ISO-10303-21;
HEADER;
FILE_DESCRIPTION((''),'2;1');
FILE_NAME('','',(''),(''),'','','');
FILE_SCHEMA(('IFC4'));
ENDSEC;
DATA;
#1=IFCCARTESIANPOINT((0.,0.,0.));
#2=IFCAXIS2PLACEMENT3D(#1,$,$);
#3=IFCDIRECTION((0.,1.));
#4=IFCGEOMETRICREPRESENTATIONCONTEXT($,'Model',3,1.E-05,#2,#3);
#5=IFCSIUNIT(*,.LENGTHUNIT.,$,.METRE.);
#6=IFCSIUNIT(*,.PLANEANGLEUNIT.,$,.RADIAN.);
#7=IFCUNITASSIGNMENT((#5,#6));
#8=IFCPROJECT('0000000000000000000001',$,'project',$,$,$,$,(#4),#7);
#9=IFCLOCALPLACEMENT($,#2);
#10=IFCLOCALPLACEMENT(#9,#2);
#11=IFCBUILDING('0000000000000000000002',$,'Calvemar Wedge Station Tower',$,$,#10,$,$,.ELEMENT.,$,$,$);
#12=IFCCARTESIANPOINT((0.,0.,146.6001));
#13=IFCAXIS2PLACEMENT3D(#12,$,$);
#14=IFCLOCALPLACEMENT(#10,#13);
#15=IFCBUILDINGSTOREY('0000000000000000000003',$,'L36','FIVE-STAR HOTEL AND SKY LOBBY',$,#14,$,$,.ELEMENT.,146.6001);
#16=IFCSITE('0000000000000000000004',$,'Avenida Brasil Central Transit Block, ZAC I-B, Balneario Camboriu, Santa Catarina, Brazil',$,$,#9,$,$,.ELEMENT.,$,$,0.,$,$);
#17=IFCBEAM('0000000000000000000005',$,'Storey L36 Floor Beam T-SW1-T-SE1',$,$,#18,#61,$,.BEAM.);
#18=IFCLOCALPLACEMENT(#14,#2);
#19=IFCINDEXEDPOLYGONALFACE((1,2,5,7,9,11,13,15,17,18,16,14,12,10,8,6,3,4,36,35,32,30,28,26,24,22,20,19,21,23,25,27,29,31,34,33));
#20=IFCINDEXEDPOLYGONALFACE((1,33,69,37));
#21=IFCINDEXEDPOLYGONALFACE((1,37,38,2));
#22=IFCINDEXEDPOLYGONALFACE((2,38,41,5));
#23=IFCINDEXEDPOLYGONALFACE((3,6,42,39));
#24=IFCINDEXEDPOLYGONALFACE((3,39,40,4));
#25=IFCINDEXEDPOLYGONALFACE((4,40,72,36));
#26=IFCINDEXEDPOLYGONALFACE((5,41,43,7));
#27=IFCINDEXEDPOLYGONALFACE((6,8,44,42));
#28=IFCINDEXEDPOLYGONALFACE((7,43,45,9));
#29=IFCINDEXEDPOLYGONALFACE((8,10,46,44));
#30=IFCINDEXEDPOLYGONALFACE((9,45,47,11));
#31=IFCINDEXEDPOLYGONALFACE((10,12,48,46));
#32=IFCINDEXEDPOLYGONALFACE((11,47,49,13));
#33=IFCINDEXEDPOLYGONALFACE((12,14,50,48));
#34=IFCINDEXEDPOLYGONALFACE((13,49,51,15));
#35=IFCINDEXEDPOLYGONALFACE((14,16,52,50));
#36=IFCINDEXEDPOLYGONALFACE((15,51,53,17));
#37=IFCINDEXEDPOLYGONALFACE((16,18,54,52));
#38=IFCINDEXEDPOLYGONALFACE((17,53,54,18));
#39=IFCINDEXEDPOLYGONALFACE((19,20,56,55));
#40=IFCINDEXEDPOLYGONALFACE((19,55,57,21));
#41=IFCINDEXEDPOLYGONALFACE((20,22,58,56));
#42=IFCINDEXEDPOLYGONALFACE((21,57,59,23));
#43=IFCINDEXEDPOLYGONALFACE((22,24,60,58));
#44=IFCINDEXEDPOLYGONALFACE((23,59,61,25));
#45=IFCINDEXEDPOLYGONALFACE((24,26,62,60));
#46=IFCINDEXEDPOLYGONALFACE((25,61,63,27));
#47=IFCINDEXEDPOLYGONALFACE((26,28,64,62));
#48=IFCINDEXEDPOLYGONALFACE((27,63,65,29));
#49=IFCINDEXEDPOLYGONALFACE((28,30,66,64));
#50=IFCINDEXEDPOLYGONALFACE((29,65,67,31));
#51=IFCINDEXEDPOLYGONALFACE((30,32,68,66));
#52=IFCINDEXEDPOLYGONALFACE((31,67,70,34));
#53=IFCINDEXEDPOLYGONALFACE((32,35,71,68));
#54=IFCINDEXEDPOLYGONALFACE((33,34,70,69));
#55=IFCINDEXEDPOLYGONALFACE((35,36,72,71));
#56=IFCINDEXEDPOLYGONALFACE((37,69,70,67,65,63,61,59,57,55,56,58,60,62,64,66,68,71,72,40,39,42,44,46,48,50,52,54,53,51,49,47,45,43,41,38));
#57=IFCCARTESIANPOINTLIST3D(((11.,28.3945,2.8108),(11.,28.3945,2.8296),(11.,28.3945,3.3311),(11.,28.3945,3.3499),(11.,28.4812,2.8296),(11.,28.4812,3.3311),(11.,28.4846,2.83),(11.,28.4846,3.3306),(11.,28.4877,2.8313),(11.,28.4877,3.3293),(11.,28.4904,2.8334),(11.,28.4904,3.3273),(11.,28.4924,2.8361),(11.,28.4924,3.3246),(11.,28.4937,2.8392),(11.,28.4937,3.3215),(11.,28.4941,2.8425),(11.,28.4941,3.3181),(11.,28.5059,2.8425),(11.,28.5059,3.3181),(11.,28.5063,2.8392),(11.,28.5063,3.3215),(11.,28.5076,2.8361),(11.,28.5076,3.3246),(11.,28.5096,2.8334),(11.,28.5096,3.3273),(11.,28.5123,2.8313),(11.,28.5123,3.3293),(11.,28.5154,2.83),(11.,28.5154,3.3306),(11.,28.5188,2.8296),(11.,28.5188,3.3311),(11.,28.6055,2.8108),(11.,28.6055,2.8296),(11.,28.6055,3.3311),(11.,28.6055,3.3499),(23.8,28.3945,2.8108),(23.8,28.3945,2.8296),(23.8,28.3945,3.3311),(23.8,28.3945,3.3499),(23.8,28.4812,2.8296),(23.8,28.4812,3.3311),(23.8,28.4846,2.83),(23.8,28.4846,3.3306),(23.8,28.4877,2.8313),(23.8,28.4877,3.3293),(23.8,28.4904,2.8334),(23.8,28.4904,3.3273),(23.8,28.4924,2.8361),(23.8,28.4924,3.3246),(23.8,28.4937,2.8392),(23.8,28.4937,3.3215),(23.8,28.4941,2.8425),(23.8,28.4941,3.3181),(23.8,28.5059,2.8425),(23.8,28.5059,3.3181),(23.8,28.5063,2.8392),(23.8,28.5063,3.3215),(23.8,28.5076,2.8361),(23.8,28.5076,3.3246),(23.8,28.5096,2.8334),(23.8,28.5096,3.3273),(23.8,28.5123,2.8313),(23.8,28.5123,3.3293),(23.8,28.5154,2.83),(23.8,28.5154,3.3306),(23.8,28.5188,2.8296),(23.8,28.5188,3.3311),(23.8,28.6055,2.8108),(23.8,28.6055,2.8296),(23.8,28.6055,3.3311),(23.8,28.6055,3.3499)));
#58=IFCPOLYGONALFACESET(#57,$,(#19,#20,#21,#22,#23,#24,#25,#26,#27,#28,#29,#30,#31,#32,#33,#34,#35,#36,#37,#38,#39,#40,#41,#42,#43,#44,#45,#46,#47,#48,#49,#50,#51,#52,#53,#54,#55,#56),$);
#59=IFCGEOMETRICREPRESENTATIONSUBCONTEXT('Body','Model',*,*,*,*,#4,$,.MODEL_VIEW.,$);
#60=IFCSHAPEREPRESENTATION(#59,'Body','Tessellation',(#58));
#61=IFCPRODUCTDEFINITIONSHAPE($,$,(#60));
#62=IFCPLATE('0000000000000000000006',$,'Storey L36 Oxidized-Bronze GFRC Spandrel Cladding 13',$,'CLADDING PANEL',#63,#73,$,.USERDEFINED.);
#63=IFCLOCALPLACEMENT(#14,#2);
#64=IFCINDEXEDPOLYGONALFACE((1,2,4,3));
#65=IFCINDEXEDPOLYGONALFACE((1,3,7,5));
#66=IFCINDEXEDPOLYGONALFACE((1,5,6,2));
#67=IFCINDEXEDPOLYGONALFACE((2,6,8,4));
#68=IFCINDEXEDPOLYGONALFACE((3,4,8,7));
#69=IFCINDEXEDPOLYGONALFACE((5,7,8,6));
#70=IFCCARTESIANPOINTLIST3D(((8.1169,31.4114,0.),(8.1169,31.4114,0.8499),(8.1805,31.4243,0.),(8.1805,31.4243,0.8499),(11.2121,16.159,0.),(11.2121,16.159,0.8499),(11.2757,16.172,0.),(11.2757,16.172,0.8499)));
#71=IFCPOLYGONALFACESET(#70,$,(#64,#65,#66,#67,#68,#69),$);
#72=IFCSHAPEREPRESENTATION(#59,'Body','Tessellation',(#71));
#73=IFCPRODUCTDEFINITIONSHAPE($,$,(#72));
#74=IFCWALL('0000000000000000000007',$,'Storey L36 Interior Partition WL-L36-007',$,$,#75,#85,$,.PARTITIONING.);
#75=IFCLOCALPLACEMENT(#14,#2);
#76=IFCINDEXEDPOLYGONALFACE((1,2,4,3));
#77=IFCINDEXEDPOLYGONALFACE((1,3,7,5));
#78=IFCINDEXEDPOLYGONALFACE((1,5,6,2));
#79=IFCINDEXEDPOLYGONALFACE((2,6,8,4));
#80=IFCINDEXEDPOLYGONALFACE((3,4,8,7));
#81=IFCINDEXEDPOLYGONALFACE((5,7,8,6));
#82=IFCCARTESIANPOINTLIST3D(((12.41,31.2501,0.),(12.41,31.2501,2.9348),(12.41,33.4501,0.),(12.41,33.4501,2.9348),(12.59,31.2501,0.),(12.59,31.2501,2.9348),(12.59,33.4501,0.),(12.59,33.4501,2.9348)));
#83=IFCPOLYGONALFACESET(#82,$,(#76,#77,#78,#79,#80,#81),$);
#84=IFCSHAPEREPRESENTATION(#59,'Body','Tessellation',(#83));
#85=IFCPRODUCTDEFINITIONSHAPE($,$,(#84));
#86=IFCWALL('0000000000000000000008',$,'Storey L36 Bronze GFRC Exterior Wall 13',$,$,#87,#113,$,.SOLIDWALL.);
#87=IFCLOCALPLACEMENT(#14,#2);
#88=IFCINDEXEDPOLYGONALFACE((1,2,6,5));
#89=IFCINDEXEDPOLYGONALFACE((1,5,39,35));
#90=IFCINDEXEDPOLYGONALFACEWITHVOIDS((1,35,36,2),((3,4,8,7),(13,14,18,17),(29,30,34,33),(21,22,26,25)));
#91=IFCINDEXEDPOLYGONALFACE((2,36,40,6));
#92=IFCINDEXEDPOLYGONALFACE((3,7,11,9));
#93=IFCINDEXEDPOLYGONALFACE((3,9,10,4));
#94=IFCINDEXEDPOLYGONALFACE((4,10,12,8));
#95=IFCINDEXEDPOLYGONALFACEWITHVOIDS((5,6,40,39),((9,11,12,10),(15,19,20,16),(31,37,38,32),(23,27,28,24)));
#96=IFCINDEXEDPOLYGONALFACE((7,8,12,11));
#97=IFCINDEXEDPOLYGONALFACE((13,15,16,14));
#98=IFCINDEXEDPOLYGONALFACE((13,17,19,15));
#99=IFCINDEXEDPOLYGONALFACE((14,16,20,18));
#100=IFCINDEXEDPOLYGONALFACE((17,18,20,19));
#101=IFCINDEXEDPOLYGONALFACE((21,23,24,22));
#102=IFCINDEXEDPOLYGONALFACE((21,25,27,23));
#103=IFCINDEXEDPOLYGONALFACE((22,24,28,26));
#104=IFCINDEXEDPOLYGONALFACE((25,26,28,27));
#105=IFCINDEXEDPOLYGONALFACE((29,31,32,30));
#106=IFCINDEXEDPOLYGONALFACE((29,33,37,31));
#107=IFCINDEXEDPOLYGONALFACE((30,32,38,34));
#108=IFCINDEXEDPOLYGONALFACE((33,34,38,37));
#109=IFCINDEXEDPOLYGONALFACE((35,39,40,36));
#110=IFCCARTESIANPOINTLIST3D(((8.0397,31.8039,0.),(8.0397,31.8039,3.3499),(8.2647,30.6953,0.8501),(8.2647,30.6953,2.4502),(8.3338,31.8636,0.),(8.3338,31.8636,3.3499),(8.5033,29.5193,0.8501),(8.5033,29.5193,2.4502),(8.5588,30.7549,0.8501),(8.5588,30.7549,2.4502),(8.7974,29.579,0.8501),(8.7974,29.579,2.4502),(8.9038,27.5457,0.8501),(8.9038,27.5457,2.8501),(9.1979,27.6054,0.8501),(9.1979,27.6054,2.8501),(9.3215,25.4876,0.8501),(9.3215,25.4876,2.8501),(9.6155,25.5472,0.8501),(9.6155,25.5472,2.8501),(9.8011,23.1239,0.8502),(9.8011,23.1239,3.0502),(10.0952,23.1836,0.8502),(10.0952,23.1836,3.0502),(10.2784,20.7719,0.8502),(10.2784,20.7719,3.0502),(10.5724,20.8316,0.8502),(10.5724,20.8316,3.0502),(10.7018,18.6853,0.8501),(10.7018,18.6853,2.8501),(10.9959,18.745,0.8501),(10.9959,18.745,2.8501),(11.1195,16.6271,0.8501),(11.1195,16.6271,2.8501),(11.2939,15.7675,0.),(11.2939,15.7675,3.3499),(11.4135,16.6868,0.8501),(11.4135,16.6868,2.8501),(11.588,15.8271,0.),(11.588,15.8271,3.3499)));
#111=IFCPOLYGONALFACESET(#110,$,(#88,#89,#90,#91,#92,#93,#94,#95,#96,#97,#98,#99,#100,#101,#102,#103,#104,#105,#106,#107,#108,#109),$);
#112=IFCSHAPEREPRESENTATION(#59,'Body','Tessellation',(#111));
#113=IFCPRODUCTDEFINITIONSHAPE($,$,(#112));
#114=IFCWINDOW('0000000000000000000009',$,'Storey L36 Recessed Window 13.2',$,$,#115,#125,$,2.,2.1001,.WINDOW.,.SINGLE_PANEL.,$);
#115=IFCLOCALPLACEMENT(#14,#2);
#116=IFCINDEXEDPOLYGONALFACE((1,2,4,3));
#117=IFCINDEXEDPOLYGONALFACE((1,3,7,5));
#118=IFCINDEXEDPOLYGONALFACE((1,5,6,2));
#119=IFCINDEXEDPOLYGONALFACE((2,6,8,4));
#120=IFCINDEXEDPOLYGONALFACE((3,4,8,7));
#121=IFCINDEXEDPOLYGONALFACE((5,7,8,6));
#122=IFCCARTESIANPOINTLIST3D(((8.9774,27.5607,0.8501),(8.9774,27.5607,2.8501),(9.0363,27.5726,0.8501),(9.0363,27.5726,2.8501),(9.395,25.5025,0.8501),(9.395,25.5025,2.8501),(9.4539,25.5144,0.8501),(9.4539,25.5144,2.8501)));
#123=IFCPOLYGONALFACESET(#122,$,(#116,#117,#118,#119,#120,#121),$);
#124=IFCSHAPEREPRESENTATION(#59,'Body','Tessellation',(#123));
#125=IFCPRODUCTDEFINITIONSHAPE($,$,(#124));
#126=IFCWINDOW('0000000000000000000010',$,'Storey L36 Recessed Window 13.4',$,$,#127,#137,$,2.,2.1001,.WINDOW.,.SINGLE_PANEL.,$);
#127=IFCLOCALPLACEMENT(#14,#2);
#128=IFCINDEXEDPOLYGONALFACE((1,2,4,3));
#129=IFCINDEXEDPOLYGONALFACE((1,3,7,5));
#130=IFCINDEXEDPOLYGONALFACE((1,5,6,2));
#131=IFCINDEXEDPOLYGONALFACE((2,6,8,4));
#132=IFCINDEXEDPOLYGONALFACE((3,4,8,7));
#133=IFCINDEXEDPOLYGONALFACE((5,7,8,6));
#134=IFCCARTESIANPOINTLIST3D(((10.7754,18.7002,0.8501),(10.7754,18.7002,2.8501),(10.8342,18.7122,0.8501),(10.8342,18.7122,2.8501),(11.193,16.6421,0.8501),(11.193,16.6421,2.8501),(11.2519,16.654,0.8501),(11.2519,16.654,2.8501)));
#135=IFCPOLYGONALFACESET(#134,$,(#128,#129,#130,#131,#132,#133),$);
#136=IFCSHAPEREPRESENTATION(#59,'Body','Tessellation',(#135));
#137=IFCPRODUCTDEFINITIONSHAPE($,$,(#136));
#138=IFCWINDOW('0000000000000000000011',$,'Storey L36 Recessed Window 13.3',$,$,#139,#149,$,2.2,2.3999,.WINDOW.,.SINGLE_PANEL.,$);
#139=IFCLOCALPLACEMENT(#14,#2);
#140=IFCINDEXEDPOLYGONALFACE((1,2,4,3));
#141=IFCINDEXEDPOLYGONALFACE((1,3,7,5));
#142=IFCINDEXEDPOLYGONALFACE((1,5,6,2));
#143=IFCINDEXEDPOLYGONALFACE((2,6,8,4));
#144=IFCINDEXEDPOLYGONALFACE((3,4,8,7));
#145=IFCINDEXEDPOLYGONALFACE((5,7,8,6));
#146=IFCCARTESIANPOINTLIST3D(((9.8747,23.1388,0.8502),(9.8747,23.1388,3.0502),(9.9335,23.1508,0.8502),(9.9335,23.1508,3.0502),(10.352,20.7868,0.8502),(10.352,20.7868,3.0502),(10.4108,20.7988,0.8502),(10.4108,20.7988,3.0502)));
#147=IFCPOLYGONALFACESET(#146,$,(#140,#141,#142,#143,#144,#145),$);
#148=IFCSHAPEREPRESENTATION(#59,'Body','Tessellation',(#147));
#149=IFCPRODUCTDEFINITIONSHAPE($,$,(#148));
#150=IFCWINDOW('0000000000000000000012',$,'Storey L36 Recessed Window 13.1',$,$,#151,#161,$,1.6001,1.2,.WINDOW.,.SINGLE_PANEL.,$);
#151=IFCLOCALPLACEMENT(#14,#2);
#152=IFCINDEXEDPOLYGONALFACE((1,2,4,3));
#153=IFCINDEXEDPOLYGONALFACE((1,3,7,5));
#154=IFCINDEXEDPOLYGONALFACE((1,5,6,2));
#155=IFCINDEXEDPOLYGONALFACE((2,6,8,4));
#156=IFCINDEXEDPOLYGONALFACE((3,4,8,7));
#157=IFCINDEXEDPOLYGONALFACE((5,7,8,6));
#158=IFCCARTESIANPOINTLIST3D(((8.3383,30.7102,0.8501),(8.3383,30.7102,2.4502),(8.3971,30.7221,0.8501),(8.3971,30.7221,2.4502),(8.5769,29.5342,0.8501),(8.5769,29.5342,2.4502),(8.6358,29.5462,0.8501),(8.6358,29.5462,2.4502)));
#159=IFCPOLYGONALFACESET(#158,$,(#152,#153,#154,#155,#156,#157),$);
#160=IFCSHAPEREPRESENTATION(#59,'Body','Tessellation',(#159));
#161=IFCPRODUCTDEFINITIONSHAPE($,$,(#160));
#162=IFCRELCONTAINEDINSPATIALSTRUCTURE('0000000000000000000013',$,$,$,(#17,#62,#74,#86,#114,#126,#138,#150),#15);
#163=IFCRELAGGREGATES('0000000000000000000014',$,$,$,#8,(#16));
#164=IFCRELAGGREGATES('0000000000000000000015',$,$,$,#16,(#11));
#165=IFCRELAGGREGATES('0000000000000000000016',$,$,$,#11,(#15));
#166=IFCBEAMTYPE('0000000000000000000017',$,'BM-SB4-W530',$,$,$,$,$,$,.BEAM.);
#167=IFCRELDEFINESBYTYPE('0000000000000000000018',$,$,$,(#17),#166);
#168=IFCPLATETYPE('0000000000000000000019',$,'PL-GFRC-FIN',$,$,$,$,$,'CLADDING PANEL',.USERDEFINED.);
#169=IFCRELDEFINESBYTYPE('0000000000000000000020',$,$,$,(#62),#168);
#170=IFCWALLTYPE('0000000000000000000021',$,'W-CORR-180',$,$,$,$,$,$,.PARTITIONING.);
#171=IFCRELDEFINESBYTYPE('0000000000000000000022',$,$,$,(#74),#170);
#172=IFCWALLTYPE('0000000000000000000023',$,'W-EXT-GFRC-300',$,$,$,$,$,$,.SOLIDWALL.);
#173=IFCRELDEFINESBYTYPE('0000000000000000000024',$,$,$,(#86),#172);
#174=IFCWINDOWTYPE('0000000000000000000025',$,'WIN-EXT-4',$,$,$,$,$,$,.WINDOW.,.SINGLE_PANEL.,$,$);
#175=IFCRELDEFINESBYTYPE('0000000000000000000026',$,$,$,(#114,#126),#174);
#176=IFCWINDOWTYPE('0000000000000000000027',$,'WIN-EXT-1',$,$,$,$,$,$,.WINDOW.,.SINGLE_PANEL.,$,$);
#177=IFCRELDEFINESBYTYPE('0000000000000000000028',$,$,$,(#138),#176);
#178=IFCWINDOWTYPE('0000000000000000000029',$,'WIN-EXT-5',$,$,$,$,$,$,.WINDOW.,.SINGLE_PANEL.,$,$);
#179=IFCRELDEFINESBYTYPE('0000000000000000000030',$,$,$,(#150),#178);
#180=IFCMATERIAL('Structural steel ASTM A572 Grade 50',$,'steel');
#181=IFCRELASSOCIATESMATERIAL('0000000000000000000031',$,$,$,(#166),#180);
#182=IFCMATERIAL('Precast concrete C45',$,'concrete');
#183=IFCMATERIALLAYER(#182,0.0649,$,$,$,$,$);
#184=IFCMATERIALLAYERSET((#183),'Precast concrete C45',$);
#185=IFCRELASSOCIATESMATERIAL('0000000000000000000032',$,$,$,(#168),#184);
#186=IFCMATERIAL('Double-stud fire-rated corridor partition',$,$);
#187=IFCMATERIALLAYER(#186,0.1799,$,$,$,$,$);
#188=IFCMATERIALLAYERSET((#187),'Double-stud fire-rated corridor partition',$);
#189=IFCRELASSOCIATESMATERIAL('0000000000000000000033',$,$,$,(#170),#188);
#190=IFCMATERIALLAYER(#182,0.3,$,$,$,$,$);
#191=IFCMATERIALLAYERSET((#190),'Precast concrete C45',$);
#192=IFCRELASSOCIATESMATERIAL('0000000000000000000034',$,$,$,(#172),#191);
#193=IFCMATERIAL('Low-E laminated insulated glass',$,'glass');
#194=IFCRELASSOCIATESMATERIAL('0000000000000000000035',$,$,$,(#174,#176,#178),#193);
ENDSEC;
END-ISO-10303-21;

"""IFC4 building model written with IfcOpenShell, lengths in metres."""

from ifc_helpers import new_model, si_unit, direction, frame, frame_2d, origin, origin_2d, place, context, subcontext, project, spatial, rectangle, i_section, extrude, source, transform, mapped, material, layer, layer_set, material_profile, profile_set, type_object, element, fill, save


model = new_model("IFC4")

# Units and contexts
model_context = context("Model", 3, precision=1e-05, world=origin(), true_north=direction((0.0, 1.0)))
body_context = subcontext(model_context, "Body", "Model", "MODEL_VIEW")
ifc_project = project(units=[si_unit("LENGTHUNIT", "METRE"), si_unit("PLANEANGLEUNIT", "RADIAN")], contexts=[model_context])

# Site, building, storey
site_placement = place(None, origin())
site = spatial("IfcSite", under=ifc_project, at=site_placement, Name="Avenida Brasil Central Transit Block, ZAC I-B, Balneario Camboriu, Santa Catarina, Brazil", CompositionType="ELEMENT", RefElevation=0.0)
building_placement = place(site_placement, origin())
building = spatial("IfcBuilding", under=site, at=building_placement, Name="Calvemar Wedge Station Tower", CompositionType="ELEMENT")
storey_placement = place(building_placement, frame((0.0, 0.0, 146.6001)))
storey = spatial("IfcBuildingStorey", under=building, at=storey_placement, Name="L36", Description="FIVE-STAR HOTEL AND SKY LOBBY", CompositionType="ELEMENT", Elevation=146.6001)

# Beam
ifc_material_1 = material(Name="Structural steel ASTM A572 Grade 50", Category="steel")
ifc_material_profile_1 = material_profile(ifc_material_1, i_section(OverallWidth=0.2109, OverallDepth=0.5391, WebThickness=0.0117, FlangeThickness=0.0188, FilletRadius=0.0129, at=origin_2d()), Name="W530x109")
ifc_profile_set_1 = profile_set([ifc_material_profile_1], Name="Structural steel ASTM A572 Grade 50")
beam_type_1 = type_object("IfcBeamType", Name="BM-SB4-W530", PredefinedType="BEAM", material=ifc_profile_set_1)
shared_shape_1 = source(origin(), body_context, "Body", "SweptSolid", [
    extrude(i_section(OverallWidth=0.2109, OverallDepth=0.5391, WebThickness=0.0117, FlangeThickness=0.0188, FilletRadius=0.0129, at=origin_2d()), origin(), (0.0, 0.0, 1.0), 12.8),
])
beam_1_placement = place(storey_placement, frame((11.0, 28.5, 3.0803), z_axis=(1.0, 0.0, 0.0), x_axis=(0.0, 1.0, 0.0)))
element("IfcBeam", 1, at=beam_1_placement, inside=storey, type_object=beam_type_1, Name="Storey L36 Floor Beam T-SW1-T-SE1", PredefinedType="BEAM", context=body_context, shape_type="MappedRepresentation", body=[
    mapped(shared_shape_1, transform((0.0, 0.0, 0.0), scale=1.0)),
])

# Plate
ifc_material_2 = material(Name="Precast concrete C45", Category="concrete")
ifc_layer_1 = layer(ifc_material_2, 0.0649)
ifc_layer_set_1 = layer_set([ifc_layer_1], Name="Precast concrete C45")
plate_type = type_object("IfcPlateType", Name="PL-GFRC-FIN", ElementType="CLADDING PANEL", PredefinedType="USERDEFINED", material=ifc_layer_set_1)
plate_placement = place(storey_placement, frame((8.1487, 31.418, 0.0), z_axis=(0.0, 0.0, 1.0), x_axis=(0.198879, -0.980024, 0.0)))
element("IfcPlate", 2, at=plate_placement, inside=storey, type_object=plate_type, Name="Storey L36 Oxidized-Bronze GFRC Spandrel Cladding 13", ObjectType="CLADDING PANEL", PredefinedType="USERDEFINED", context=body_context, shape_type="SweptSolid", body=[
    extrude(rectangle(XDim=15.5632, YDim=0.0649, at=frame_2d((7.7817, 0.0))), origin(), (0.0, 0.0, 1.0), 0.8499),
])

# Wall
ifc_material_3 = material(Name="Double-stud fire-rated corridor partition")
ifc_layer_2 = layer(ifc_material_3, 0.1799)
ifc_layer_set_2 = layer_set([ifc_layer_2], Name="Double-stud fire-rated corridor partition")
wall_type_1 = type_object("IfcWallType", Name="W-CORR-180", PredefinedType="PARTITIONING", material=ifc_layer_set_2)
wall_1_placement = place(storey_placement, frame((12.5, 31.25, 0.0), z_axis=(0.0, 0.0, 1.0), x_axis=(0.0, 1.0, 0.0)))
element("IfcWall", 3, at=wall_1_placement, inside=storey, type_object=wall_type_1, Name="Storey L36 Interior Partition WL-L36-007", PredefinedType="PARTITIONING", context=body_context, shape_type="SweptSolid", body=[
    extrude(rectangle(XDim=2.2, YDim=0.1799, at=frame_2d((1.1001, 0.0))), origin(), (0.0, 0.0, 1.0), 2.9348),
])

# Wall, openings, windows
ifc_layer_3 = layer(ifc_material_2, 0.3)
ifc_layer_set_3 = layer_set([ifc_layer_3], Name="Precast concrete C45")
wall_type_2 = type_object("IfcWallType", Name="W-EXT-GFRC-300", PredefinedType="SOLIDWALL", material=ifc_layer_set_3)
wall_2_placement = place(storey_placement, frame((8.1868, 31.8337, 0.0), z_axis=(0.0, 0.0, 1.0), x_axis=(0.19887, -0.980026, 0.0)))
wall_2 = element("IfcWall", 4, at=wall_2_placement, inside=storey, type_object=wall_type_2, Name="Storey L36 Bronze GFRC Exterior Wall 13", PredefinedType="SOLIDWALL", context=body_context, shape_type="SweptSolid", body=[
    extrude(rectangle(XDim=16.3633, YDim=0.3, at=frame_2d((8.1816, 0.0))), origin(), (0.0, 0.0, 1.0), 3.3499),
])
shared_shape_2 = source(origin(), body_context, "Body", "SweptSolid", [
    extrude(rectangle(XDim=1.2, YDim=1.6001, at=frame_2d((0.6001, 0.8))), frame((0.0, 0.1602, 0.0), z_axis=(0.0, -1.0, 0.0), x_axis=(1.0, 0.0, 0.0)), (0.0, 0.0, 1.0), 0.3201),
])
opening_1_placement = place(wall_2_placement, frame((1.1311, 0.0, 0.8501)))
opening_1 = element("IfcOpeningElement", 5, at=opening_1_placement, cuts=wall_2, PredefinedType="OPENING", context=body_context, shape_type="MappedRepresentation", body=[
    mapped(shared_shape_2, transform((0.0, 0.0, 0.0), scale=1.0)),
])
shared_shape_3 = source(origin(), body_context, "Body", "SweptSolid", [
    extrude(rectangle(XDim=2.1001, YDim=2.0, at=frame_2d((1.05, 1.0))), frame((0.0, 0.1602, 0.0), z_axis=(0.0, -1.0, 0.0), x_axis=(1.0, 0.0, 0.0)), (0.0, 0.0, 1.0), 0.3201),
])
opening_2_placement = place(wall_2_placement, frame((4.345, 0.0, 0.8501)))
opening_2 = element("IfcOpeningElement", 6, at=opening_2_placement, cuts=wall_2, PredefinedType="OPENING", context=body_context, shape_type="MappedRepresentation", body=[
    mapped(shared_shape_3, transform((0.0, 0.0, 0.0), scale=1.0)),
])
shared_shape_4 = source(origin(), body_context, "Body", "SweptSolid", [
    extrude(rectangle(XDim=2.3999, YDim=2.2, at=frame_2d((1.2, 1.1001))), frame((0.0, 0.1602, 0.0), z_axis=(0.0, -1.0, 0.0), x_axis=(1.0, 0.0, 0.0)), (0.0, 0.0, 1.0), 0.3201),
])
opening_3_placement = place(wall_2_placement, frame((8.8569, 0.0, 0.8501)))
opening_3 = element("IfcOpeningElement", 7, at=opening_3_placement, cuts=wall_2, PredefinedType="OPENING", context=body_context, shape_type="MappedRepresentation", body=[
    mapped(shared_shape_4, transform((0.0, 0.0, 0.0), scale=1.0)),
])
opening_4_placement = place(wall_2_placement, frame((13.386, 0.0, 0.8501)))
opening_4 = element("IfcOpeningElement", 8, at=opening_4_placement, cuts=wall_2, PredefinedType="OPENING", context=body_context, shape_type="MappedRepresentation", body=[
    mapped(shared_shape_3, transform((0.0, 0.0, 0.0), scale=1.0)),
])
ifc_material_4 = material(Name="Low-E laminated insulated glass", Category="glass")
window_type_1 = type_object("IfcWindowType", Name="WIN-EXT-4", PartitioningType="SINGLE_PANEL", PredefinedType="WINDOW", material=ifc_material_4)
shared_shape_5 = source(origin(), body_context, "Body", "SweptSolid", [
    extrude(rectangle(XDim=2.1001, YDim=2.0, at=frame_2d((1.05, 1.0))), frame((0.0, -0.0149, 0.0), z_axis=(0.0, -1.0, 0.0), x_axis=(1.0, 0.0, 0.0)), (0.0, 0.0, 1.0), 0.0601),
])
window_1_placement = place(opening_2_placement, origin())
window_1 = element("IfcWindow", 9, at=window_1_placement, inside=storey, type_object=window_type_1, Name="Storey L36 Recessed Window 13.2", OverallHeight=2.0, OverallWidth=2.1001, PartitioningType="SINGLE_PANEL", PredefinedType="WINDOW", context=body_context, shape_type="MappedRepresentation", body=[
    mapped(shared_shape_5, transform((0.0, 0.0, 0.0), scale=1.0)),
])
fill(opening_2, window_1)
window_2_placement = place(opening_4_placement, origin())
window_2 = element("IfcWindow", 10, at=window_2_placement, inside=storey, type_object=window_type_1, Name="Storey L36 Recessed Window 13.4", OverallHeight=2.0, OverallWidth=2.1001, PartitioningType="SINGLE_PANEL", PredefinedType="WINDOW", context=body_context, shape_type="MappedRepresentation", body=[
    mapped(shared_shape_5, transform((0.0, 0.0, 0.0), scale=1.0)),
])
fill(opening_4, window_2)
window_type_2 = type_object("IfcWindowType", Name="WIN-EXT-1", PartitioningType="SINGLE_PANEL", PredefinedType="WINDOW", material=ifc_material_4)
shared_shape_6 = source(origin(), body_context, "Body", "SweptSolid", [
    extrude(rectangle(XDim=2.3999, YDim=2.2, at=frame_2d((1.2, 1.1001))), frame((0.0, -0.0149, 0.0), z_axis=(0.0, -1.0, 0.0), x_axis=(1.0, 0.0, 0.0)), (0.0, 0.0, 1.0), 0.0601),
])
window_3_placement = place(opening_3_placement, origin())
window_3 = element("IfcWindow", 11, at=window_3_placement, inside=storey, type_object=window_type_2, Name="Storey L36 Recessed Window 13.3", OverallHeight=2.2, OverallWidth=2.3999, PartitioningType="SINGLE_PANEL", PredefinedType="WINDOW", context=body_context, shape_type="MappedRepresentation", body=[
    mapped(shared_shape_6, transform((0.0, 0.0, 0.0), scale=1.0)),
])
fill(opening_3, window_3)
window_type_3 = type_object("IfcWindowType", Name="WIN-EXT-5", PartitioningType="SINGLE_PANEL", PredefinedType="WINDOW", material=ifc_material_4)
shared_shape_7 = source(origin(), body_context, "Body", "SweptSolid", [
    extrude(rectangle(XDim=1.2, YDim=1.6001, at=frame_2d((0.6001, 0.8))), frame((0.0, -0.0149, 0.0), z_axis=(0.0, -1.0, 0.0), x_axis=(1.0, 0.0, 0.0)), (0.0, 0.0, 1.0), 0.0601),
])
window_4_placement = place(opening_1_placement, origin())
window_4 = element("IfcWindow", 12, at=window_4_placement, inside=storey, type_object=window_type_3, Name="Storey L36 Recessed Window 13.1", OverallHeight=1.6001, OverallWidth=1.2, PartitioningType="SINGLE_PANEL", PredefinedType="WINDOW", context=body_context, shape_type="MappedRepresentation", body=[
    mapped(shared_shape_7, transform((0.0, 0.0, 0.0), scale=1.0)),
])
fill(opening_1, window_4)

save(model, "model.ifc")
